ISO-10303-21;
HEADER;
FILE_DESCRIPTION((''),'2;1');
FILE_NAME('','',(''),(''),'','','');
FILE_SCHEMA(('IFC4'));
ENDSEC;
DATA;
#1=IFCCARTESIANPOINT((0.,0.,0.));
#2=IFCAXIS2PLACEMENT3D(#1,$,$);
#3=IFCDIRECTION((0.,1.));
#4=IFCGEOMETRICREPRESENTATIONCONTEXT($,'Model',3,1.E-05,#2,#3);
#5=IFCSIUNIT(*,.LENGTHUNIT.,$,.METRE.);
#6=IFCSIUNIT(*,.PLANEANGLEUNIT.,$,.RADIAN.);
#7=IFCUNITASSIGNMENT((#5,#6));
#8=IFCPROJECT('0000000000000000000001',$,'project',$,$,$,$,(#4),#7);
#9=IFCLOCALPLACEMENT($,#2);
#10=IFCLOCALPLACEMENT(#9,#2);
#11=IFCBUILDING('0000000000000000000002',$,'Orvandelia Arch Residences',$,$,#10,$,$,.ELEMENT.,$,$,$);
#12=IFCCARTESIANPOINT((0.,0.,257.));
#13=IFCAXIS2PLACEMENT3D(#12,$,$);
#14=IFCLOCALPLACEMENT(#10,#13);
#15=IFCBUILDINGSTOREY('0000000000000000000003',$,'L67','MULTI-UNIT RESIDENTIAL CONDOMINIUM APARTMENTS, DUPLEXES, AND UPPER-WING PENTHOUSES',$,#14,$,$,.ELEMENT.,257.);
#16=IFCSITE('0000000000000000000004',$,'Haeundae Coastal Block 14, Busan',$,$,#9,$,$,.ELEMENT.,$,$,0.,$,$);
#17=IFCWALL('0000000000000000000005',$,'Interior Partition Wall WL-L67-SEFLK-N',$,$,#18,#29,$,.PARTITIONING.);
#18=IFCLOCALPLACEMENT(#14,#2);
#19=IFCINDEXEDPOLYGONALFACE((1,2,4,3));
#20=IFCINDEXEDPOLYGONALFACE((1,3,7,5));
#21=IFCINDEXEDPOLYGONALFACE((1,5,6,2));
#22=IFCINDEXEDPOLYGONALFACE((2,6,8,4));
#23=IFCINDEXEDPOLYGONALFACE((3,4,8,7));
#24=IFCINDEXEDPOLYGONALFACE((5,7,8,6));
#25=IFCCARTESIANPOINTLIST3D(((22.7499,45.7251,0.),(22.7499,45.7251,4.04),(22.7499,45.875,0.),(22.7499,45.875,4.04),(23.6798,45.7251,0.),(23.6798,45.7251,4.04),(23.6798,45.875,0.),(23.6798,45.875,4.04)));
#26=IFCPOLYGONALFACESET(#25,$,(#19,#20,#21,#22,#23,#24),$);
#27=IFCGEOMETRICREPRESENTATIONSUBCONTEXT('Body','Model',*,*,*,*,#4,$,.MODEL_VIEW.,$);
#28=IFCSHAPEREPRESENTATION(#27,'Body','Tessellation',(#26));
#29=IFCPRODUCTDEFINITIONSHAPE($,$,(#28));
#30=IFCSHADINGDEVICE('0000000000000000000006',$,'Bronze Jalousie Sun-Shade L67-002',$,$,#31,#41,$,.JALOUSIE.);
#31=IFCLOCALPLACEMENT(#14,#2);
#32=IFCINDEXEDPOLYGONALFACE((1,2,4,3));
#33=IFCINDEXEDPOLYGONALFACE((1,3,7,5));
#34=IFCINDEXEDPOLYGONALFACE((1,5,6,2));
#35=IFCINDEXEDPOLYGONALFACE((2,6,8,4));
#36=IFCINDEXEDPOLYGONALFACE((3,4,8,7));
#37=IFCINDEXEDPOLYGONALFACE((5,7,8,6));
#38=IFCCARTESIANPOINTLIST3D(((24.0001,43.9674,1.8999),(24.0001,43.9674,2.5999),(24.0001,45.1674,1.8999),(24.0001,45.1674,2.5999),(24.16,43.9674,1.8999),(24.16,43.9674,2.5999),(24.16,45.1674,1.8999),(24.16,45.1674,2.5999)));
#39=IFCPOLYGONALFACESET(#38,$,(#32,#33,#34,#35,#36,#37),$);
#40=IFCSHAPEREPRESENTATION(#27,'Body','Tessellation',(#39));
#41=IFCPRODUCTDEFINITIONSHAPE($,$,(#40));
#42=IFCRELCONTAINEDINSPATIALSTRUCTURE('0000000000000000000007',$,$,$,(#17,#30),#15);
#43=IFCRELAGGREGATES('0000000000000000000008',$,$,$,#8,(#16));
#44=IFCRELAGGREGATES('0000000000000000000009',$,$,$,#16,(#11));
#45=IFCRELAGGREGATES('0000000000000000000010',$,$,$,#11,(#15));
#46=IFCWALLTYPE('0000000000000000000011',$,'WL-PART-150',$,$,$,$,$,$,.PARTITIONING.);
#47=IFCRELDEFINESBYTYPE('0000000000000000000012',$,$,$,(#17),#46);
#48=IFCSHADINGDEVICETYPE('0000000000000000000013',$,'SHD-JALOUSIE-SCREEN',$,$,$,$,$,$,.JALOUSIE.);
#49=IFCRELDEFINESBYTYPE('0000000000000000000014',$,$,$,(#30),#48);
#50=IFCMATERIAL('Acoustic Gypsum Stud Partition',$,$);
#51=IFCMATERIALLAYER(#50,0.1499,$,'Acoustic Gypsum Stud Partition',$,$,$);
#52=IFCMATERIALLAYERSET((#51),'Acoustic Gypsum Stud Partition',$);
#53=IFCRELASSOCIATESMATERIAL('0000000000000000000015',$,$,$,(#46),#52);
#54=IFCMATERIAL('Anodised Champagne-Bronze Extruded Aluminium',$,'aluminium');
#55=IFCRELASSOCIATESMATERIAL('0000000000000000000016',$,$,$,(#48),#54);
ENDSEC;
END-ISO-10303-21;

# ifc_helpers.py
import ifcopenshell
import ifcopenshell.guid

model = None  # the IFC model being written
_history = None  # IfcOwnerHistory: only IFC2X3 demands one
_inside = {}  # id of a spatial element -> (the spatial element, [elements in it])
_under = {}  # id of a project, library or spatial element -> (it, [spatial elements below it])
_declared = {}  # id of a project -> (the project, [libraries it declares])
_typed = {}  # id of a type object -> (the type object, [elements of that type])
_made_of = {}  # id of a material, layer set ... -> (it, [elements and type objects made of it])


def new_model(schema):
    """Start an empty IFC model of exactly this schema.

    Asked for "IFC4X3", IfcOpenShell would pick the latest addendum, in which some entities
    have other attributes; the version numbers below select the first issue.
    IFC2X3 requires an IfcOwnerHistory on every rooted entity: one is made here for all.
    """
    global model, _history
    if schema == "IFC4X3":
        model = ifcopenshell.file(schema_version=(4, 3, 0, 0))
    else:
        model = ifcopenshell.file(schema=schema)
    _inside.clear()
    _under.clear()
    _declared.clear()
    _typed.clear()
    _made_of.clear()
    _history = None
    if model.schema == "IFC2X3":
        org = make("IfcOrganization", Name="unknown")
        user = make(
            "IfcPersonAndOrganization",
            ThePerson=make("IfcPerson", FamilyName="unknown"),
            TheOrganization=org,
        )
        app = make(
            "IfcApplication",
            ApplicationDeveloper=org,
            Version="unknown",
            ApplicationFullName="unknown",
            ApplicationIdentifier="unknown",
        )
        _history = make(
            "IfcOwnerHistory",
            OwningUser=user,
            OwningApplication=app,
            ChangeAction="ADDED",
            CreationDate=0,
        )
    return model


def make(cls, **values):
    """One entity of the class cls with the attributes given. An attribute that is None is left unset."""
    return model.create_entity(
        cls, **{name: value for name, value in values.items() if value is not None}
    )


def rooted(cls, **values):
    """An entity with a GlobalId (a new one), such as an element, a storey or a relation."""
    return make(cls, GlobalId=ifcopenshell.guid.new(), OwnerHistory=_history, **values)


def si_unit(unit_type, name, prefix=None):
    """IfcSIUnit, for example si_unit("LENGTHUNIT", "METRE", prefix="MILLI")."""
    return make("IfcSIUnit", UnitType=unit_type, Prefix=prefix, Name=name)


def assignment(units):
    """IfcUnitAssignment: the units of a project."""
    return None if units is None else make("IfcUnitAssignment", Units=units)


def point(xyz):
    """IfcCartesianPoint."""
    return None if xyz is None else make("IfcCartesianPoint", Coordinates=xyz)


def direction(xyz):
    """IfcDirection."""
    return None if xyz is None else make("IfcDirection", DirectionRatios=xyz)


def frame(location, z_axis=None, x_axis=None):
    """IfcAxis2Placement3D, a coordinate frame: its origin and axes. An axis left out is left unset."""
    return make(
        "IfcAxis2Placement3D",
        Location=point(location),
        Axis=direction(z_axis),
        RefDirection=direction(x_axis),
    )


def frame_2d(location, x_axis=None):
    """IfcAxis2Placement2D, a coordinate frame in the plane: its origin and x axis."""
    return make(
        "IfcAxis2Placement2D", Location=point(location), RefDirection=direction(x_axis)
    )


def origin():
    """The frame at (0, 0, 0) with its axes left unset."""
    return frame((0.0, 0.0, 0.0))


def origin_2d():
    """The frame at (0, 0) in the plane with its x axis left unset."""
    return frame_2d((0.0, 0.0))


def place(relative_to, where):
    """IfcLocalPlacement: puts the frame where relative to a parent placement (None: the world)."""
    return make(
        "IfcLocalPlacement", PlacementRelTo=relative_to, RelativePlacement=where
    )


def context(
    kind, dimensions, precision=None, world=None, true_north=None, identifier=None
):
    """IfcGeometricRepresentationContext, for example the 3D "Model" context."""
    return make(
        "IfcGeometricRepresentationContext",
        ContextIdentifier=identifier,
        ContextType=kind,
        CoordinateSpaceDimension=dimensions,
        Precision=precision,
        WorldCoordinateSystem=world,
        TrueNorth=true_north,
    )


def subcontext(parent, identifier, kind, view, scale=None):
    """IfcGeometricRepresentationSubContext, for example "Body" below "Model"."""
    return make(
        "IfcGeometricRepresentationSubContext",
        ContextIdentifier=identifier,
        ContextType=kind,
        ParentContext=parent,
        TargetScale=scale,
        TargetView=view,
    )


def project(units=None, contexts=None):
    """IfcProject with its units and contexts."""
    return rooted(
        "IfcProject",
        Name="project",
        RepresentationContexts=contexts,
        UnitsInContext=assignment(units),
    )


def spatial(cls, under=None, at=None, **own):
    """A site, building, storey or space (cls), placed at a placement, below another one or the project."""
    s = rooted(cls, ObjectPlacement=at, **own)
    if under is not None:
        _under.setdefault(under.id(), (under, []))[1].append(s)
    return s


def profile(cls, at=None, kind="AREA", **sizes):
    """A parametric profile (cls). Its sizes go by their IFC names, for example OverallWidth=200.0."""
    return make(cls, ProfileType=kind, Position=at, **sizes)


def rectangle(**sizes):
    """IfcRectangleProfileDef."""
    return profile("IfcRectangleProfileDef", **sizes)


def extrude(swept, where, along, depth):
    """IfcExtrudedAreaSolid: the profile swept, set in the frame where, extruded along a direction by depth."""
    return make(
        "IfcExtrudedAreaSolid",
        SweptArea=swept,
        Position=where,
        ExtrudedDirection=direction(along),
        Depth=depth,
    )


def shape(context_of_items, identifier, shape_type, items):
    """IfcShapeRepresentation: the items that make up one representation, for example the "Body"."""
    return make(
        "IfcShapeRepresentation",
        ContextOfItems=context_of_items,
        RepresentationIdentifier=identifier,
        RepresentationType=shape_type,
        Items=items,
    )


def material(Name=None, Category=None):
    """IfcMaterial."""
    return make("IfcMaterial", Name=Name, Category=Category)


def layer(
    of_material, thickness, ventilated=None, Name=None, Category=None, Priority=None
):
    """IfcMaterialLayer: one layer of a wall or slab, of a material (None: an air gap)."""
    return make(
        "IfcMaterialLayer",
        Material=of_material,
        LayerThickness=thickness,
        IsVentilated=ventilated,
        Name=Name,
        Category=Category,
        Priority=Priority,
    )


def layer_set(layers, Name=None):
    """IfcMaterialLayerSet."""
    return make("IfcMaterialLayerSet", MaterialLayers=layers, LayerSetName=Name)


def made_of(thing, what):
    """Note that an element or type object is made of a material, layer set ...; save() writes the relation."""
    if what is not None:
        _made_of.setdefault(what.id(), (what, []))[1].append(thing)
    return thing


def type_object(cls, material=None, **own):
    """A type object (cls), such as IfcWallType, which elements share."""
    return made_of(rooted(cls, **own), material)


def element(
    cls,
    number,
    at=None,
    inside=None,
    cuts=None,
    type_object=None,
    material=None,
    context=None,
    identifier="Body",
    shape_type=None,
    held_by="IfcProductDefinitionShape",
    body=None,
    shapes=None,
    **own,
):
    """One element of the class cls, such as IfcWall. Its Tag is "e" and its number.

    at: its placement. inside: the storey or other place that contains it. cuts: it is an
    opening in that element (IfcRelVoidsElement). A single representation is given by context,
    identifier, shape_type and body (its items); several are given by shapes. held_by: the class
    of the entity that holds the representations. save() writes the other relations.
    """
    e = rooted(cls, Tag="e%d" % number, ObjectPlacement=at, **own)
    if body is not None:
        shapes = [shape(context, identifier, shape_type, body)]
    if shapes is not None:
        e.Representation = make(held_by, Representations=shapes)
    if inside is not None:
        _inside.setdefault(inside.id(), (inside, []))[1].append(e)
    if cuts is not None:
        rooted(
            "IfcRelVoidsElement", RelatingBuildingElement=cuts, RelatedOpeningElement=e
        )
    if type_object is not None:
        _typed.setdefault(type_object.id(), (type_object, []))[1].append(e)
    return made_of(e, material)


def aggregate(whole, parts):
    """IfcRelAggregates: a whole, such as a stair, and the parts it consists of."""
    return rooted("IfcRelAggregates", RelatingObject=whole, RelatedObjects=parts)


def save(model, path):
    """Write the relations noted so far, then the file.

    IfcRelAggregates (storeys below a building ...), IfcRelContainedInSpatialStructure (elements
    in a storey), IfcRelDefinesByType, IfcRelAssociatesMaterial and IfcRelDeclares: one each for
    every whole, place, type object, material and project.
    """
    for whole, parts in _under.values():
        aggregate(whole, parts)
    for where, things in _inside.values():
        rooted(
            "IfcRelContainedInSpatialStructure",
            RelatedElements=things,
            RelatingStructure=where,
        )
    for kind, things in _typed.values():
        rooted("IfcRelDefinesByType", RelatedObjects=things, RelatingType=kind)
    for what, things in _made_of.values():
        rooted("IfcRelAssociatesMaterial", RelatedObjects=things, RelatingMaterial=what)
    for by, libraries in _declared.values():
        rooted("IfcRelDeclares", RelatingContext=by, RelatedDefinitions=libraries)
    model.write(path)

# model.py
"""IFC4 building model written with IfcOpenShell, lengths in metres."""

from ifc_helpers import new_model, si_unit, direction, frame, frame_2d, origin, origin_2d, place, context, subcontext, project, spatial, rectangle, extrude, material, layer, layer_set, type_object, element, save


model = new_model("IFC4")

# Units and contexts
model_context = context("Model", 3, precision=1e-05, world=origin(), true_north=direction((0.0, 1.0)))
body_context = subcontext(model_context, "Body", "Model", "MODEL_VIEW")
ifc_project = project(units=[si_unit("LENGTHUNIT", "METRE"), si_unit("PLANEANGLEUNIT", "RADIAN")], contexts=[model_context])

# Site, building, storey
site_placement = place(None, origin())
site = spatial("IfcSite", under=ifc_project, at=site_placement, Name="Haeundae Coastal Block 14, Busan", CompositionType="ELEMENT", RefElevation=0.0)
building_placement = place(site_placement, origin())
building = spatial("IfcBuilding", under=site, at=building_placement, Name="Orvandelia Arch Residences", CompositionType="ELEMENT")
storey_placement = place(building_placement, frame((0.0, 0.0, 257.0)))
storey = spatial("IfcBuildingStorey", under=building, at=storey_placement, Name="L67", Description="MULTI-UNIT RESIDENTIAL CONDOMINIUM APARTMENTS, DUPLEXES, AND UPPER-WING PENTHOUSES", CompositionType="ELEMENT", Elevation=257.0)

# Wall
ifc_material_1 = material(Name="Acoustic Gypsum Stud Partition")
ifc_layer_1 = layer(ifc_material_1, 0.1499, Name="Acoustic Gypsum Stud Partition")
ifc_layer_set_1 = layer_set([ifc_layer_1], Name="Acoustic Gypsum Stud Partition")
wall_type_1 = type_object("IfcWallType", Name="WL-PART-150", PredefinedType="PARTITIONING", material=ifc_layer_set_1)
wall_1_placement = place(storey_placement, frame((22.75, 45.8, 0.0), z_axis=(0.0, 0.0, 1.0), x_axis=(1.0, 0.0, 0.0)))
element("IfcWall", 1, at=wall_1_placement, inside=storey, type_object=wall_type_1, Name="Interior Partition Wall WL-L67-SEFLK-N", PredefinedType="PARTITIONING", context=body_context, shape_type="SweptSolid", body=[
    extrude(rectangle(XDim=0.9299, YDim=0.1499, at=frame_2d((0.4648, 0.0))), origin(), (0.0, 0.0, 1.0), 4.04),
])

# Shading device
ifc_material_2 = material(Name="Anodised Champagne-Bronze Extruded Aluminium", Category="aluminium")
shading_device_type = type_object("IfcShadingDeviceType", Name="SHD-JALOUSIE-SCREEN", PredefinedType="JALOUSIE", material=ifc_material_2)
shading_device_placement = place(storey_placement, frame((24.0801, 44.5674, 1.8999), z_axis=(0.0, 0.0, 1.0), x_axis=(0.0, -1.0, 0.0)))
element("IfcShadingDevice", 2, at=shading_device_placement, inside=storey, type_object=shading_device_type, Name="Bronze Jalousie Sun-Shade L67-002", PredefinedType="JALOUSIE", context=body_context, shape_type="SweptSolid", body=[
    extrude(rectangle(XDim=1.2, YDim=0.1599, at=origin_2d()), origin(), (0.0, 0.0, 1.0), 0.7),
])

save(model, "model.ifc")
